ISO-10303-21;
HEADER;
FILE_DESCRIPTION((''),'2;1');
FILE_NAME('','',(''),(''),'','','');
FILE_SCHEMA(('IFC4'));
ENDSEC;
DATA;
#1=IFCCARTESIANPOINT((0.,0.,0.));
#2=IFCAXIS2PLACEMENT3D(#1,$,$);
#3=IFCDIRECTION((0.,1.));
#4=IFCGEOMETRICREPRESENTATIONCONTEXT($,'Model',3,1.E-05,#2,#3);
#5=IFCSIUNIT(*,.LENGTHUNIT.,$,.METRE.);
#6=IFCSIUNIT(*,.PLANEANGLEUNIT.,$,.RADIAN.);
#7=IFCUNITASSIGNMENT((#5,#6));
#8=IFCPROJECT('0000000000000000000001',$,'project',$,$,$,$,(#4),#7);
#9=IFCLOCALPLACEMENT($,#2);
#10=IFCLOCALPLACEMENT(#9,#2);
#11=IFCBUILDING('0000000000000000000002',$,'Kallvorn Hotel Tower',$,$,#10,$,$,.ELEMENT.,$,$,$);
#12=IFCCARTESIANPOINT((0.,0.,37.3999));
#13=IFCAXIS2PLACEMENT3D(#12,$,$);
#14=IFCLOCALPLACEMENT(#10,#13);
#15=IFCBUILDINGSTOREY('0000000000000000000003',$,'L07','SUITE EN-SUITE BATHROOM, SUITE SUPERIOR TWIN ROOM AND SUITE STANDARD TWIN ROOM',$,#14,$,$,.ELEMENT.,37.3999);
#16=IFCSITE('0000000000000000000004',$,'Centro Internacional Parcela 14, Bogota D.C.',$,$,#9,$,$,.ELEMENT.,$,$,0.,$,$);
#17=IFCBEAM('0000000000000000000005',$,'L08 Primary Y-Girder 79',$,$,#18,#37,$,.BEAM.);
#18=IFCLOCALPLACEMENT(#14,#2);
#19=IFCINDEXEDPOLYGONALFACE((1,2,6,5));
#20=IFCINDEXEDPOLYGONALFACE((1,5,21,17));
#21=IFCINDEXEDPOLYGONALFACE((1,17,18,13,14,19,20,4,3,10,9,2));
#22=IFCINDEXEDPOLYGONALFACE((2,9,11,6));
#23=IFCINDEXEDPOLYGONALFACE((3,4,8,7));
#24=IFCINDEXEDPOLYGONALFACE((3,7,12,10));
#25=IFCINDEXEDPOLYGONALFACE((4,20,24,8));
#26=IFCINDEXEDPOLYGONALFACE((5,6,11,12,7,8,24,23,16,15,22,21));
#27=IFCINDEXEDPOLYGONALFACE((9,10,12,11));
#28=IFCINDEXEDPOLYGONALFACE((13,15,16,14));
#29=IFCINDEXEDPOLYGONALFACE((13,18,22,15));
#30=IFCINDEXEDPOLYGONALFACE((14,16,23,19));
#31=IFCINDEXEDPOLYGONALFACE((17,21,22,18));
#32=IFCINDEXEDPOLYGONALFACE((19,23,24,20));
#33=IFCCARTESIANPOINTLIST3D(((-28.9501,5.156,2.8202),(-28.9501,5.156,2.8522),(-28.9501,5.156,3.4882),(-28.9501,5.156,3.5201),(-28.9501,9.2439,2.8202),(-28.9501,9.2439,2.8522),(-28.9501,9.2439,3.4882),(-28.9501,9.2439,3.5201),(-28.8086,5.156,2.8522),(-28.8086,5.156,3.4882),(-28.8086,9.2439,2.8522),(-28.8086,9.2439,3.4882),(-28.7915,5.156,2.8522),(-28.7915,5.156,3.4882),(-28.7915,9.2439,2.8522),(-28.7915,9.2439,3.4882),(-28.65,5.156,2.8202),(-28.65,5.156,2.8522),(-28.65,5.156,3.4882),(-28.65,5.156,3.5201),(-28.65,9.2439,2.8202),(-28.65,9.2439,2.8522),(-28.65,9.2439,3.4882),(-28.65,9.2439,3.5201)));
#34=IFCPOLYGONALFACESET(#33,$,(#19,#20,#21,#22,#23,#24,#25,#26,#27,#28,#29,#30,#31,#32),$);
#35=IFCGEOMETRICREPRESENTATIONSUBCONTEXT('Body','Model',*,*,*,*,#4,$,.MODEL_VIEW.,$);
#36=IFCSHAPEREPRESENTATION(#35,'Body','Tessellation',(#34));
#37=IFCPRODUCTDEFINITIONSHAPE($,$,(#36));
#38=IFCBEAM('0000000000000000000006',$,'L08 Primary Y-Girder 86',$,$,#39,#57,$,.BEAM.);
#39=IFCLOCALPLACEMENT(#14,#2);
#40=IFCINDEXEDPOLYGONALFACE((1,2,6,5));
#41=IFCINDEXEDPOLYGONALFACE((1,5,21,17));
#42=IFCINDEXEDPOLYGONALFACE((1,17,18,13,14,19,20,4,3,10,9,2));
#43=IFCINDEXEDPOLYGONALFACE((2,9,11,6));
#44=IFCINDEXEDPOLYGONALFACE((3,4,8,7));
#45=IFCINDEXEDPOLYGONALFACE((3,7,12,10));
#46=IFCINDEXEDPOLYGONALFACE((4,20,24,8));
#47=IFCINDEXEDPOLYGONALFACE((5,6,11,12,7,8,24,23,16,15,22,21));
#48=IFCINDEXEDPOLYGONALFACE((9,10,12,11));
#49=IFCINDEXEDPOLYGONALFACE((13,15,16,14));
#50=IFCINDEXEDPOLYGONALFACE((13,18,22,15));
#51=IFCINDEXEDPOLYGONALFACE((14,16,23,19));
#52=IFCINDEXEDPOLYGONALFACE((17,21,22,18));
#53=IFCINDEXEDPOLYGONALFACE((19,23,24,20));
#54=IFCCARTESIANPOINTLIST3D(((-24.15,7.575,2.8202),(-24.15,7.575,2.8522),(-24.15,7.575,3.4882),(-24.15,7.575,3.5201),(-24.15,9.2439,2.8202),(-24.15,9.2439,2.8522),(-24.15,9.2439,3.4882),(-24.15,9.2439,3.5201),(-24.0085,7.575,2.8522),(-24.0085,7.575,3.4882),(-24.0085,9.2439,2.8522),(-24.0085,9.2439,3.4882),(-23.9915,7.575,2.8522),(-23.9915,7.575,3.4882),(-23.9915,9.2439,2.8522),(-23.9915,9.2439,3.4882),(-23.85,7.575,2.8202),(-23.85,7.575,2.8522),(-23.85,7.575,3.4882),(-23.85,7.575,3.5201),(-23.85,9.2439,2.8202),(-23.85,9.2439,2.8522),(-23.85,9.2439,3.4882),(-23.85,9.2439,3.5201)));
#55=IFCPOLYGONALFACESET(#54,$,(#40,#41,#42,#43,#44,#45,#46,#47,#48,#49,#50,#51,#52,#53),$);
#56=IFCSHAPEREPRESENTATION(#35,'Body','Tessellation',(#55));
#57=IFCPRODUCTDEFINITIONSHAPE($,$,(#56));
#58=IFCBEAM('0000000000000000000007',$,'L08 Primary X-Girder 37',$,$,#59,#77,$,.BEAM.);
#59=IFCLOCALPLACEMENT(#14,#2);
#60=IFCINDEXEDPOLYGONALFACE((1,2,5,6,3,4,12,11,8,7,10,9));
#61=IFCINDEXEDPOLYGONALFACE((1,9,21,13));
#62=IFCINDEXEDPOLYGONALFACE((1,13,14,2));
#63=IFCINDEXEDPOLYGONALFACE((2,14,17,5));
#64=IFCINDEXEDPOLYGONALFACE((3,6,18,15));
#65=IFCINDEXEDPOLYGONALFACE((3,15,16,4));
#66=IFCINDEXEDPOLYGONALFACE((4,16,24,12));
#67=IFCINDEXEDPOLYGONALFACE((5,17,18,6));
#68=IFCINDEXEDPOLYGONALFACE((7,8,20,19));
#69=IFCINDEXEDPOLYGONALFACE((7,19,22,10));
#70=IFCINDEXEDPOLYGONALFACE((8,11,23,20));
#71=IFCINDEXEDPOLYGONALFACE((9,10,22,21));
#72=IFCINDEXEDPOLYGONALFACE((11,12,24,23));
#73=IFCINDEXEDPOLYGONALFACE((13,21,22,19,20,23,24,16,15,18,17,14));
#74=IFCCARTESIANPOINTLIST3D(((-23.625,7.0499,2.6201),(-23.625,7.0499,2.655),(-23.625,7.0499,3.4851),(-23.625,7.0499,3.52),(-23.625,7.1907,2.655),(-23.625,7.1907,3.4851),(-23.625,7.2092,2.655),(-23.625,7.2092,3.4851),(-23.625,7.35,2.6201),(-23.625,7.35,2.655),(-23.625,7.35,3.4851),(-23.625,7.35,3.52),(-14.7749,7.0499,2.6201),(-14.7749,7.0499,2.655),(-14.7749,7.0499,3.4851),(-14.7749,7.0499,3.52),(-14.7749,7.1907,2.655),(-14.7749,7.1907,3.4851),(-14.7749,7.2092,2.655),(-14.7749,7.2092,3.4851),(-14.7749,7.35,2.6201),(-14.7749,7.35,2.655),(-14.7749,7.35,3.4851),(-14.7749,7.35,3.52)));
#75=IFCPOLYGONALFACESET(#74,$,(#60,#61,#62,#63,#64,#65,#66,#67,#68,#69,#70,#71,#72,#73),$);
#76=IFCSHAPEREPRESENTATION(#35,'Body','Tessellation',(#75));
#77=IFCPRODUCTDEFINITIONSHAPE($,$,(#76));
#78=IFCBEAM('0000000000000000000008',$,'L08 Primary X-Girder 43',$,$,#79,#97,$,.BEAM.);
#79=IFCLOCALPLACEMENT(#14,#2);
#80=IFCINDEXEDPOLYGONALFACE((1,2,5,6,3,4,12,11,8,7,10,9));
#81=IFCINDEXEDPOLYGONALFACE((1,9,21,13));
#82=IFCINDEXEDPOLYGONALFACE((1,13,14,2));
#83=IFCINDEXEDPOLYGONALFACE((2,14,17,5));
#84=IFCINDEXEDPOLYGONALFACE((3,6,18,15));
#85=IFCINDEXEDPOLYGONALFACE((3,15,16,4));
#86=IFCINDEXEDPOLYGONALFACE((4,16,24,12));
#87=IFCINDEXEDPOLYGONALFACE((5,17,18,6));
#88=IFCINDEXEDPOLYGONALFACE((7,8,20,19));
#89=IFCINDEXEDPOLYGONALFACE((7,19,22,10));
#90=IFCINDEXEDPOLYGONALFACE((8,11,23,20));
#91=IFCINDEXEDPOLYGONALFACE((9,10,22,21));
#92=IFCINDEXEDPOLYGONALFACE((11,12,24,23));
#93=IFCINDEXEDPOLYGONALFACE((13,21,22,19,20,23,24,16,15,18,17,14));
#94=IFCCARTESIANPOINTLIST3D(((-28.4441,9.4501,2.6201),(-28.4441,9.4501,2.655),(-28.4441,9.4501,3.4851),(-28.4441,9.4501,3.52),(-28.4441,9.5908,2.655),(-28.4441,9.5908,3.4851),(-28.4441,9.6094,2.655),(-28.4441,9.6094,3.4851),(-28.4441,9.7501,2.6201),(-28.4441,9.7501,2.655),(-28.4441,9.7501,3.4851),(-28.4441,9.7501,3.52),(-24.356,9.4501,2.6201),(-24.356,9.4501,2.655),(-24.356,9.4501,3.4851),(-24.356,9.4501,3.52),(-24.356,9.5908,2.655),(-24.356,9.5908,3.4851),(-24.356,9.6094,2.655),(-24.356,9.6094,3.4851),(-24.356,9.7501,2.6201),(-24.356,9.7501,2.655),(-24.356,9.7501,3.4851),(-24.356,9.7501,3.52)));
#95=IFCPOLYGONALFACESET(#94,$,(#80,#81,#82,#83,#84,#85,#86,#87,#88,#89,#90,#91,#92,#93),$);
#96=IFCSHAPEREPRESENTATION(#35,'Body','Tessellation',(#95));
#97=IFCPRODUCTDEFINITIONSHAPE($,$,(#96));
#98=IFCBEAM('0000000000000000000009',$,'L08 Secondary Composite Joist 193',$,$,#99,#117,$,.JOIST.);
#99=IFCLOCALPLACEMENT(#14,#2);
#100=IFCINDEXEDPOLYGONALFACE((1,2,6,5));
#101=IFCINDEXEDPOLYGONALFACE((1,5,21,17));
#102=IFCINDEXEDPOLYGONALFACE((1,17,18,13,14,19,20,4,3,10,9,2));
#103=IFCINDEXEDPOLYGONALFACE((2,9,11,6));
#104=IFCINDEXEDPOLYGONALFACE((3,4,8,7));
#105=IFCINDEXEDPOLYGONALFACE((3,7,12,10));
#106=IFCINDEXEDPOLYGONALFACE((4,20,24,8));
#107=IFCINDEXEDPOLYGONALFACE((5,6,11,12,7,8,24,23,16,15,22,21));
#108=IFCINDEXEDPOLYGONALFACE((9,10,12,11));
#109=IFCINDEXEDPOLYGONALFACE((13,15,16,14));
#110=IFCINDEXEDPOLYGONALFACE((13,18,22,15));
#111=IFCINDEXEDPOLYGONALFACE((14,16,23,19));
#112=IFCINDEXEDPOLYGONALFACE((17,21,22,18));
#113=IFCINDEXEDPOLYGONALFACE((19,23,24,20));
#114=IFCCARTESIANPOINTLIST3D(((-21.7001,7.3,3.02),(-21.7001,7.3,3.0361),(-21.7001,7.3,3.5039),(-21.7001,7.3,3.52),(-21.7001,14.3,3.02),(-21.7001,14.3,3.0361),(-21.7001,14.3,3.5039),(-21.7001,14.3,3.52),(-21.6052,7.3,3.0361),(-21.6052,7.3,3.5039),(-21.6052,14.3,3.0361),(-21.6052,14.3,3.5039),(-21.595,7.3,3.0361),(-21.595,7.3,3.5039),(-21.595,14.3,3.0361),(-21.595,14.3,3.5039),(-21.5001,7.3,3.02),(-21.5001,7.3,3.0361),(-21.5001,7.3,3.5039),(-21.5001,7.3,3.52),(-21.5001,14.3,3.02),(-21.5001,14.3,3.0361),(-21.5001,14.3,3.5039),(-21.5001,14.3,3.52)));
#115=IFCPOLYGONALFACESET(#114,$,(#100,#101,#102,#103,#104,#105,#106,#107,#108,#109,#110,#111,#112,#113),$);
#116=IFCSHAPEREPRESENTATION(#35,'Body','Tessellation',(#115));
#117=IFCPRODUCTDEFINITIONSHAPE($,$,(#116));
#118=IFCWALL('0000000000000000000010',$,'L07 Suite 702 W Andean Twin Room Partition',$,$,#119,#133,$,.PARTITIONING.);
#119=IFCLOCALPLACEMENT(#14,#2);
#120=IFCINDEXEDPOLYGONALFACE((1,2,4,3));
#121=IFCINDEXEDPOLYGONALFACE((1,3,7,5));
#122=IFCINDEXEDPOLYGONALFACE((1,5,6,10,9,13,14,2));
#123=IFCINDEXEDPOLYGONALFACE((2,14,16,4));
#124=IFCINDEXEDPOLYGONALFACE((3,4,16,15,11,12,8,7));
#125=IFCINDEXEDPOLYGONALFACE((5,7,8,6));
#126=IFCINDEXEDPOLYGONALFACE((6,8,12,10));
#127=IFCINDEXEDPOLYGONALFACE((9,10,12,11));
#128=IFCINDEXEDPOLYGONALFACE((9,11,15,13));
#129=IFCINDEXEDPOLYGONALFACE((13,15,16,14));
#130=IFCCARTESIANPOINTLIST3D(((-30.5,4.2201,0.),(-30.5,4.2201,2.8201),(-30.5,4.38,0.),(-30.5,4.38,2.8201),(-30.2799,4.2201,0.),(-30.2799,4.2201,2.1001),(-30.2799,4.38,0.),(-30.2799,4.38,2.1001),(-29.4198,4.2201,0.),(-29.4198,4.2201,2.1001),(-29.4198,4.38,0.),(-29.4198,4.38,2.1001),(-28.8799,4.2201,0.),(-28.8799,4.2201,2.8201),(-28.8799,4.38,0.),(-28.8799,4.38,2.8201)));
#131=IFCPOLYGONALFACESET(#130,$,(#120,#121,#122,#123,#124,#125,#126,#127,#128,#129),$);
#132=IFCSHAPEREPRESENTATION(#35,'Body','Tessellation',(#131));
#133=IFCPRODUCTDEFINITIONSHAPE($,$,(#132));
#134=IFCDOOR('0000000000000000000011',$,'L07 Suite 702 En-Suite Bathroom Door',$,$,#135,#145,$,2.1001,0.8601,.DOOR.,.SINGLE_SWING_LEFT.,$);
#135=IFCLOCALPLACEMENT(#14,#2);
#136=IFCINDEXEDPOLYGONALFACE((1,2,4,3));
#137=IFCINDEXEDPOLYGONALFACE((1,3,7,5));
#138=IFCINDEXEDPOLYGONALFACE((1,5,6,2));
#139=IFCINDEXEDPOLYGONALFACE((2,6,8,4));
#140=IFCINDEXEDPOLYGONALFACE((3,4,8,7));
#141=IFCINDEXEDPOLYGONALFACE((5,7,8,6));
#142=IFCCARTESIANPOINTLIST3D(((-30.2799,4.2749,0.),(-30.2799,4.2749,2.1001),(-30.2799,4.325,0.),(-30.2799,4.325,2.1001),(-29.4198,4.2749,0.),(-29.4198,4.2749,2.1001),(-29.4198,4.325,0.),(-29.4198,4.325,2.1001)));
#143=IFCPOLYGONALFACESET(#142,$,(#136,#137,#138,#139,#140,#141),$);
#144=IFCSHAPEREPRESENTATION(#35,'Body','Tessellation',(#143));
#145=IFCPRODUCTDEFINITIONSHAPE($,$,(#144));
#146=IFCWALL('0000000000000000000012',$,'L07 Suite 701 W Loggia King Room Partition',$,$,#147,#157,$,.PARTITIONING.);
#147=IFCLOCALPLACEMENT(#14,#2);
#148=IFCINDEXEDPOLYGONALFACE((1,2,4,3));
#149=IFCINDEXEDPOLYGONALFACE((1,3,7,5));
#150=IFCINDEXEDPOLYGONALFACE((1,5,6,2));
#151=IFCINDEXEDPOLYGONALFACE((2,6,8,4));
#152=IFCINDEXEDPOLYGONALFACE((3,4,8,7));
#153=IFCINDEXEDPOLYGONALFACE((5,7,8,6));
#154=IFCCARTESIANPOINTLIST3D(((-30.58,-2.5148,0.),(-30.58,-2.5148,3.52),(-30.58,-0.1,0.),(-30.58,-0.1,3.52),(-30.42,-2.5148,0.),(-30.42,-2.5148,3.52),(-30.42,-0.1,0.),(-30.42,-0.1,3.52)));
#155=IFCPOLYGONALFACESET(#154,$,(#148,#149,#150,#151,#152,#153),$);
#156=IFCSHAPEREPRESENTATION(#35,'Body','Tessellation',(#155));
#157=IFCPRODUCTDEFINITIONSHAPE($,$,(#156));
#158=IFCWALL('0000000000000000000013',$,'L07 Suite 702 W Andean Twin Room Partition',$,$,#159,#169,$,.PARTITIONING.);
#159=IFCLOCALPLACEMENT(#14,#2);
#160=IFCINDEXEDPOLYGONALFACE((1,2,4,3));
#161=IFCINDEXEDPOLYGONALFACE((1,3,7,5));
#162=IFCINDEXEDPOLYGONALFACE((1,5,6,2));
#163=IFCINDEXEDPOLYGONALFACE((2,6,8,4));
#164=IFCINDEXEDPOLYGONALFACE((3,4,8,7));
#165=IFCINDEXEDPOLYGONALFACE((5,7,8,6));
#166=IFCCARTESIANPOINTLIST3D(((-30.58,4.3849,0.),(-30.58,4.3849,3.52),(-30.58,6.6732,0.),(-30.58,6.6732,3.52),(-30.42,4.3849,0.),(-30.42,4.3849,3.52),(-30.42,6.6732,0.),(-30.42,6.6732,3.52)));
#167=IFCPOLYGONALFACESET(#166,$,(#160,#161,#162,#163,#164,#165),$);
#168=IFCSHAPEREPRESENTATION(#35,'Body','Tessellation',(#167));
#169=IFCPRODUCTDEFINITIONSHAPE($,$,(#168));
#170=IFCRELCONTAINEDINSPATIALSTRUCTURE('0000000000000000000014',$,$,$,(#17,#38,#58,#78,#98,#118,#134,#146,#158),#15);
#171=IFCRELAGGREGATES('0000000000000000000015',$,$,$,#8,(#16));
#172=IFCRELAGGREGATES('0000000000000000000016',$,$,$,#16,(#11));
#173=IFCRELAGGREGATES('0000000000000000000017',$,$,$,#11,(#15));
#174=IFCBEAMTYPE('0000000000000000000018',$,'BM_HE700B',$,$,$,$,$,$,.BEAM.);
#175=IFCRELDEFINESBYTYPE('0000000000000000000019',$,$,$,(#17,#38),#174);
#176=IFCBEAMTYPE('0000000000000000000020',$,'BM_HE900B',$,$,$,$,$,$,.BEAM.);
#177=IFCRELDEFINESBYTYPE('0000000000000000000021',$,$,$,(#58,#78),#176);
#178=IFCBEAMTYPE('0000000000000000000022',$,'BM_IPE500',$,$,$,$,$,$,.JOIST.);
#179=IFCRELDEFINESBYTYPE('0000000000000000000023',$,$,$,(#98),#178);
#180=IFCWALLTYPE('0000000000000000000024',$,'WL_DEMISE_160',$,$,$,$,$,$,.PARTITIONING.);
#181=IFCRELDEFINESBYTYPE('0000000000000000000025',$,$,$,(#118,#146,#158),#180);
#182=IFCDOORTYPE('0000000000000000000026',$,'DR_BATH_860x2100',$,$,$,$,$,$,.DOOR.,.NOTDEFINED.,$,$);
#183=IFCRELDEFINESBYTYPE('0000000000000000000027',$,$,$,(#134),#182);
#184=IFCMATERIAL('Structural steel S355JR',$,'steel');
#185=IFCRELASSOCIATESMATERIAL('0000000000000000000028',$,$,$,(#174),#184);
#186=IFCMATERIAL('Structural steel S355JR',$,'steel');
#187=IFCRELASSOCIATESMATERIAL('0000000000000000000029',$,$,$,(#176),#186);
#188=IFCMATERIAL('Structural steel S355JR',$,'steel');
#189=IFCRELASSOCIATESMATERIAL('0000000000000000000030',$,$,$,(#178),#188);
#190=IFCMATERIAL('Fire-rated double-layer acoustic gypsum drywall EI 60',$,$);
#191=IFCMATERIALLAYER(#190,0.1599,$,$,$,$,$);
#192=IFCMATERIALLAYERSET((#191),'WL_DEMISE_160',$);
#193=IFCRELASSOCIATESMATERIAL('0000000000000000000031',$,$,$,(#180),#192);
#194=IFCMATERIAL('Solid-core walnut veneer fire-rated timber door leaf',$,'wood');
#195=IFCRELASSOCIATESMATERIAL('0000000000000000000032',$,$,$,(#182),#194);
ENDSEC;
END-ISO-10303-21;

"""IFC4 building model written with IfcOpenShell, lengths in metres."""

from ifc_helpers import new_model, si_unit, direction, frame, frame_2d, origin, origin_2d, place, context, subcontext, project, spatial, rectangle, i_section, extrude, material, layer, layer_set, material_profile, profile_set, type_object, element, fill, save


model = new_model("IFC4")

# Units and contexts
model_context = context("Model", 3, precision=1e-05, world=origin(), true_north=direction((0.0, 1.0)))
body_context = subcontext(model_context, "Body", "Model", "MODEL_VIEW")
ifc_project = project(units=[si_unit("LENGTHUNIT", "METRE"), si_unit("PLANEANGLEUNIT", "RADIAN")], contexts=[model_context])

# Site, building, storey
site_placement = place(None, origin())
site = spatial("IfcSite", under=ifc_project, at=site_placement, Name="Centro Internacional Parcela 14, Bogota D.C.", CompositionType="ELEMENT", RefElevation=0.0)
building_placement = place(site_placement, origin())
building = spatial("IfcBuilding", under=site, at=building_placement, Name="Kallvorn Hotel Tower", CompositionType="ELEMENT")
storey_placement = place(building_placement, frame((0.0, 0.0, 37.3999)))
storey = spatial("IfcBuildingStorey", under=building, at=storey_placement, Name="L07", Description="SUITE EN-SUITE BATHROOM, SUITE SUPERIOR TWIN ROOM AND SUITE STANDARD TWIN ROOM", CompositionType="ELEMENT", Elevation=37.3999)

# Beams
ifc_material_1 = material(Name="Structural steel S355JR", Category="steel")
ifc_material_profile_1 = material_profile(ifc_material_1, i_section(OverallWidth=0.3, OverallDepth=0.7, WebThickness=0.0171, FlangeThickness=0.032, at=origin_2d()), Name="HE 700 B")
ifc_profile_set_1 = profile_set([ifc_material_profile_1], Name="Structural steel S355JR")
beam_type_1 = type_object("IfcBeamType", Name="BM_HE700B", PredefinedType="BEAM", material=ifc_profile_set_1)
beam_1_placement = place(storey_placement, frame((-28.8, 5.156, 3.1702), z_axis=(0.0, 1.0, 0.0), x_axis=(-1.0, 0.0, 0.0)))
element("IfcBeam", 1, at=beam_1_placement, inside=storey, type_object=beam_type_1, Name="L08 Primary Y-Girder 79", PredefinedType="BEAM", context=body_context, shape_type="SweptSolid", body=[
    extrude(i_section(OverallWidth=0.3, OverallDepth=0.7, WebThickness=0.0171, FlangeThickness=0.032, at=origin_2d()), origin(), (0.0, 0.0, 1.0), 4.0879),
])
beam_2_placement = place(storey_placement, frame((-24.0, 7.575, 3.1702), z_axis=(0.0, 1.0, 0.0), x_axis=(-1.0, 0.0, 0.0)))
element("IfcBeam", 2, at=beam_2_placement, inside=storey, type_object=beam_type_1, Name="L08 Primary Y-Girder 86", PredefinedType="BEAM", context=body_context, shape_type="SweptSolid", body=[
    extrude(i_section(OverallWidth=0.3, OverallDepth=0.7, WebThickness=0.0171, FlangeThickness=0.032, at=origin_2d()), origin(), (0.0, 0.0, 1.0), 1.6689),
])
ifc_material_2 = material(Name="Structural steel S355JR", Category="steel")
ifc_material_profile_2 = material_profile(ifc_material_2, i_section(OverallWidth=0.3, OverallDepth=0.8999, WebThickness=0.0186, FlangeThickness=0.0349, at=origin_2d()), Name="HE 900 B")
ifc_profile_set_2 = profile_set([ifc_material_profile_2], Name="Structural steel S355JR")
beam_type_2 = type_object("IfcBeamType", Name="BM_HE900B", PredefinedType="BEAM", material=ifc_profile_set_2)
beam_3_placement = place(storey_placement, frame((-23.625, 7.2, 3.0701), z_axis=(1.0, 0.0, 0.0), x_axis=(0.0, 1.0, 0.0)))
element("IfcBeam", 3, at=beam_3_placement, inside=storey, type_object=beam_type_2, Name="L08 Primary X-Girder 37", PredefinedType="BEAM", context=body_context, shape_type="SweptSolid", body=[
    extrude(i_section(OverallWidth=0.3, OverallDepth=0.8999, WebThickness=0.0186, FlangeThickness=0.0349, at=origin_2d()), origin(), (0.0, 0.0, 1.0), 8.8501),
])
beam_4_placement = place(storey_placement, frame((-28.4441, 9.6001, 3.0701), z_axis=(1.0, 0.0, 0.0), x_axis=(0.0, 1.0, 0.0)))
element("IfcBeam", 4, at=beam_4_placement, inside=storey, type_object=beam_type_2, Name="L08 Primary X-Girder 43", PredefinedType="BEAM", context=body_context, shape_type="SweptSolid", body=[
    extrude(i_section(OverallWidth=0.3, OverallDepth=0.8999, WebThickness=0.0186, FlangeThickness=0.0349, at=origin_2d()), origin(), (0.0, 0.0, 1.0), 4.0881),
])
ifc_material_3 = material(Name="Structural steel S355JR", Category="steel")
ifc_material_profile_3 = material_profile(ifc_material_3, i_section(OverallWidth=0.2, OverallDepth=0.5, WebThickness=0.0103, FlangeThickness=0.0161, at=origin_2d()), Name="IPE 500")
ifc_profile_set_3 = profile_set([ifc_material_profile_3], Name="Structural steel S355JR")
beam_type_3 = type_object("IfcBeamType", Name="BM_IPE500", PredefinedType="JOIST", material=ifc_profile_set_3)
beam_5_placement = place(storey_placement, frame((-21.6001, 7.3, 3.27), z_axis=(0.0, 1.0, 0.0), x_axis=(-1.0, 0.0, 0.0)))
element("IfcBeam", 5, at=beam_5_placement, inside=storey, type_object=beam_type_3, Name="L08 Secondary Composite Joist 193", PredefinedType="JOIST", context=body_context, shape_type="SweptSolid", body=[
    extrude(i_section(OverallWidth=0.2, OverallDepth=0.5, WebThickness=0.0103, FlangeThickness=0.0161, at=origin_2d()), origin(), (0.0, 0.0, 1.0), 7.0),
])

# Wall, opening, door
ifc_material_4 = material(Name="Fire-rated double-layer acoustic gypsum drywall EI 60")
ifc_layer_1 = layer(ifc_material_4, 0.1599)
ifc_layer_set_1 = layer_set([ifc_layer_1], Name="WL_DEMISE_160")
wall_type_1 = type_object("IfcWallType", Name="WL_DEMISE_160", PredefinedType="PARTITIONING", material=ifc_layer_set_1)
wall_1_placement = place(storey_placement, frame((-30.5, 4.3, 0.0), z_axis=(0.0, 0.0, 1.0), x_axis=(1.0, 0.0, 0.0)))
wall_1 = element("IfcWall", 6, at=wall_1_placement, inside=storey, type_object=wall_type_1, Name="L07 Suite 702 W Andean Twin Room Partition", PredefinedType="PARTITIONING", context=body_context, shape_type="SweptSolid", body=[
    extrude(rectangle(XDim=1.6201, YDim=0.1599, at=frame_2d((0.8101, 0.0))), origin(), (0.0, 0.0, 1.0), 2.8201),
])
opening_placement = place(wall_1_placement, frame((0.22, 0.0, 0.0)))
opening = element("IfcOpeningElement", 7, at=opening_placement, cuts=wall_1, PredefinedType="OPENING", context=body_context, shape_type="SweptSolid", body=[
    extrude(rectangle(XDim=0.8601, YDim=2.1001, at=frame_2d((0.4302, 1.05))), frame((0.0, 0.095, 0.0), z_axis=(0.0, -1.0, 0.0), x_axis=(1.0, 0.0, 0.0)), (0.0, 0.0, 1.0), 0.1899),
])
ifc_material_5 = material(Name="Solid-core walnut veneer fire-rated timber door leaf", Category="wood")
door_type = type_object("IfcDoorType", Name="DR_BATH_860x2100", OperationType="NOTDEFINED", PredefinedType="DOOR", material=ifc_material_5)
door_placement = place(opening_placement, origin())
door = element("IfcDoor", 8, at=door_placement, inside=storey, type_object=door_type, Name="L07 Suite 702 En-Suite Bathroom Door", OperationType="SINGLE_SWING_LEFT", OverallHeight=2.1001, OverallWidth=0.8601, PredefinedType="DOOR", context=body_context, shape_type="SweptSolid", body=[
    extrude(rectangle(XDim=0.8601, YDim=2.1001, at=frame_2d((0.4302, 1.05))), frame((0.0, 0.0249, 0.0), z_axis=(0.0, -1.0, 0.0), x_axis=(1.0, 0.0, 0.0)), (0.0, 0.0, 1.0), 0.05),
])
fill(opening, door)

# Walls
wall_2_placement = place(storey_placement, frame((-30.5, -2.5149, 0.0), z_axis=(0.0, 0.0, 1.0), x_axis=(0.0, 1.0, 0.0)))
element("IfcWall", 9, at=wall_2_placement, inside=storey, type_object=wall_type_1, Name="L07 Suite 701 W Loggia King Room Partition", PredefinedType="PARTITIONING", context=body_context, shape_type="SweptSolid", body=[
    extrude(rectangle(XDim=2.4148, YDim=0.1599, at=frame_2d((1.2075, 0.0))), origin(), (0.0, 0.0, 1.0), 3.52),
])
wall_3_placement = place(storey_placement, frame((-30.5, 4.385, 0.0), z_axis=(0.0, 0.0, 1.0), x_axis=(0.0, 1.0, 0.0)))
element("IfcWall", 10, at=wall_3_placement, inside=storey, type_object=wall_type_1, Name="L07 Suite 702 W Andean Twin Room Partition", PredefinedType="PARTITIONING", context=body_context, shape_type="SweptSolid", body=[
    extrude(rectangle(XDim=2.2883, YDim=0.1599, at=frame_2d((1.144, 0.0))), origin(), (0.0, 0.0, 1.0), 3.52),
])

save(model, "model.ifc")
